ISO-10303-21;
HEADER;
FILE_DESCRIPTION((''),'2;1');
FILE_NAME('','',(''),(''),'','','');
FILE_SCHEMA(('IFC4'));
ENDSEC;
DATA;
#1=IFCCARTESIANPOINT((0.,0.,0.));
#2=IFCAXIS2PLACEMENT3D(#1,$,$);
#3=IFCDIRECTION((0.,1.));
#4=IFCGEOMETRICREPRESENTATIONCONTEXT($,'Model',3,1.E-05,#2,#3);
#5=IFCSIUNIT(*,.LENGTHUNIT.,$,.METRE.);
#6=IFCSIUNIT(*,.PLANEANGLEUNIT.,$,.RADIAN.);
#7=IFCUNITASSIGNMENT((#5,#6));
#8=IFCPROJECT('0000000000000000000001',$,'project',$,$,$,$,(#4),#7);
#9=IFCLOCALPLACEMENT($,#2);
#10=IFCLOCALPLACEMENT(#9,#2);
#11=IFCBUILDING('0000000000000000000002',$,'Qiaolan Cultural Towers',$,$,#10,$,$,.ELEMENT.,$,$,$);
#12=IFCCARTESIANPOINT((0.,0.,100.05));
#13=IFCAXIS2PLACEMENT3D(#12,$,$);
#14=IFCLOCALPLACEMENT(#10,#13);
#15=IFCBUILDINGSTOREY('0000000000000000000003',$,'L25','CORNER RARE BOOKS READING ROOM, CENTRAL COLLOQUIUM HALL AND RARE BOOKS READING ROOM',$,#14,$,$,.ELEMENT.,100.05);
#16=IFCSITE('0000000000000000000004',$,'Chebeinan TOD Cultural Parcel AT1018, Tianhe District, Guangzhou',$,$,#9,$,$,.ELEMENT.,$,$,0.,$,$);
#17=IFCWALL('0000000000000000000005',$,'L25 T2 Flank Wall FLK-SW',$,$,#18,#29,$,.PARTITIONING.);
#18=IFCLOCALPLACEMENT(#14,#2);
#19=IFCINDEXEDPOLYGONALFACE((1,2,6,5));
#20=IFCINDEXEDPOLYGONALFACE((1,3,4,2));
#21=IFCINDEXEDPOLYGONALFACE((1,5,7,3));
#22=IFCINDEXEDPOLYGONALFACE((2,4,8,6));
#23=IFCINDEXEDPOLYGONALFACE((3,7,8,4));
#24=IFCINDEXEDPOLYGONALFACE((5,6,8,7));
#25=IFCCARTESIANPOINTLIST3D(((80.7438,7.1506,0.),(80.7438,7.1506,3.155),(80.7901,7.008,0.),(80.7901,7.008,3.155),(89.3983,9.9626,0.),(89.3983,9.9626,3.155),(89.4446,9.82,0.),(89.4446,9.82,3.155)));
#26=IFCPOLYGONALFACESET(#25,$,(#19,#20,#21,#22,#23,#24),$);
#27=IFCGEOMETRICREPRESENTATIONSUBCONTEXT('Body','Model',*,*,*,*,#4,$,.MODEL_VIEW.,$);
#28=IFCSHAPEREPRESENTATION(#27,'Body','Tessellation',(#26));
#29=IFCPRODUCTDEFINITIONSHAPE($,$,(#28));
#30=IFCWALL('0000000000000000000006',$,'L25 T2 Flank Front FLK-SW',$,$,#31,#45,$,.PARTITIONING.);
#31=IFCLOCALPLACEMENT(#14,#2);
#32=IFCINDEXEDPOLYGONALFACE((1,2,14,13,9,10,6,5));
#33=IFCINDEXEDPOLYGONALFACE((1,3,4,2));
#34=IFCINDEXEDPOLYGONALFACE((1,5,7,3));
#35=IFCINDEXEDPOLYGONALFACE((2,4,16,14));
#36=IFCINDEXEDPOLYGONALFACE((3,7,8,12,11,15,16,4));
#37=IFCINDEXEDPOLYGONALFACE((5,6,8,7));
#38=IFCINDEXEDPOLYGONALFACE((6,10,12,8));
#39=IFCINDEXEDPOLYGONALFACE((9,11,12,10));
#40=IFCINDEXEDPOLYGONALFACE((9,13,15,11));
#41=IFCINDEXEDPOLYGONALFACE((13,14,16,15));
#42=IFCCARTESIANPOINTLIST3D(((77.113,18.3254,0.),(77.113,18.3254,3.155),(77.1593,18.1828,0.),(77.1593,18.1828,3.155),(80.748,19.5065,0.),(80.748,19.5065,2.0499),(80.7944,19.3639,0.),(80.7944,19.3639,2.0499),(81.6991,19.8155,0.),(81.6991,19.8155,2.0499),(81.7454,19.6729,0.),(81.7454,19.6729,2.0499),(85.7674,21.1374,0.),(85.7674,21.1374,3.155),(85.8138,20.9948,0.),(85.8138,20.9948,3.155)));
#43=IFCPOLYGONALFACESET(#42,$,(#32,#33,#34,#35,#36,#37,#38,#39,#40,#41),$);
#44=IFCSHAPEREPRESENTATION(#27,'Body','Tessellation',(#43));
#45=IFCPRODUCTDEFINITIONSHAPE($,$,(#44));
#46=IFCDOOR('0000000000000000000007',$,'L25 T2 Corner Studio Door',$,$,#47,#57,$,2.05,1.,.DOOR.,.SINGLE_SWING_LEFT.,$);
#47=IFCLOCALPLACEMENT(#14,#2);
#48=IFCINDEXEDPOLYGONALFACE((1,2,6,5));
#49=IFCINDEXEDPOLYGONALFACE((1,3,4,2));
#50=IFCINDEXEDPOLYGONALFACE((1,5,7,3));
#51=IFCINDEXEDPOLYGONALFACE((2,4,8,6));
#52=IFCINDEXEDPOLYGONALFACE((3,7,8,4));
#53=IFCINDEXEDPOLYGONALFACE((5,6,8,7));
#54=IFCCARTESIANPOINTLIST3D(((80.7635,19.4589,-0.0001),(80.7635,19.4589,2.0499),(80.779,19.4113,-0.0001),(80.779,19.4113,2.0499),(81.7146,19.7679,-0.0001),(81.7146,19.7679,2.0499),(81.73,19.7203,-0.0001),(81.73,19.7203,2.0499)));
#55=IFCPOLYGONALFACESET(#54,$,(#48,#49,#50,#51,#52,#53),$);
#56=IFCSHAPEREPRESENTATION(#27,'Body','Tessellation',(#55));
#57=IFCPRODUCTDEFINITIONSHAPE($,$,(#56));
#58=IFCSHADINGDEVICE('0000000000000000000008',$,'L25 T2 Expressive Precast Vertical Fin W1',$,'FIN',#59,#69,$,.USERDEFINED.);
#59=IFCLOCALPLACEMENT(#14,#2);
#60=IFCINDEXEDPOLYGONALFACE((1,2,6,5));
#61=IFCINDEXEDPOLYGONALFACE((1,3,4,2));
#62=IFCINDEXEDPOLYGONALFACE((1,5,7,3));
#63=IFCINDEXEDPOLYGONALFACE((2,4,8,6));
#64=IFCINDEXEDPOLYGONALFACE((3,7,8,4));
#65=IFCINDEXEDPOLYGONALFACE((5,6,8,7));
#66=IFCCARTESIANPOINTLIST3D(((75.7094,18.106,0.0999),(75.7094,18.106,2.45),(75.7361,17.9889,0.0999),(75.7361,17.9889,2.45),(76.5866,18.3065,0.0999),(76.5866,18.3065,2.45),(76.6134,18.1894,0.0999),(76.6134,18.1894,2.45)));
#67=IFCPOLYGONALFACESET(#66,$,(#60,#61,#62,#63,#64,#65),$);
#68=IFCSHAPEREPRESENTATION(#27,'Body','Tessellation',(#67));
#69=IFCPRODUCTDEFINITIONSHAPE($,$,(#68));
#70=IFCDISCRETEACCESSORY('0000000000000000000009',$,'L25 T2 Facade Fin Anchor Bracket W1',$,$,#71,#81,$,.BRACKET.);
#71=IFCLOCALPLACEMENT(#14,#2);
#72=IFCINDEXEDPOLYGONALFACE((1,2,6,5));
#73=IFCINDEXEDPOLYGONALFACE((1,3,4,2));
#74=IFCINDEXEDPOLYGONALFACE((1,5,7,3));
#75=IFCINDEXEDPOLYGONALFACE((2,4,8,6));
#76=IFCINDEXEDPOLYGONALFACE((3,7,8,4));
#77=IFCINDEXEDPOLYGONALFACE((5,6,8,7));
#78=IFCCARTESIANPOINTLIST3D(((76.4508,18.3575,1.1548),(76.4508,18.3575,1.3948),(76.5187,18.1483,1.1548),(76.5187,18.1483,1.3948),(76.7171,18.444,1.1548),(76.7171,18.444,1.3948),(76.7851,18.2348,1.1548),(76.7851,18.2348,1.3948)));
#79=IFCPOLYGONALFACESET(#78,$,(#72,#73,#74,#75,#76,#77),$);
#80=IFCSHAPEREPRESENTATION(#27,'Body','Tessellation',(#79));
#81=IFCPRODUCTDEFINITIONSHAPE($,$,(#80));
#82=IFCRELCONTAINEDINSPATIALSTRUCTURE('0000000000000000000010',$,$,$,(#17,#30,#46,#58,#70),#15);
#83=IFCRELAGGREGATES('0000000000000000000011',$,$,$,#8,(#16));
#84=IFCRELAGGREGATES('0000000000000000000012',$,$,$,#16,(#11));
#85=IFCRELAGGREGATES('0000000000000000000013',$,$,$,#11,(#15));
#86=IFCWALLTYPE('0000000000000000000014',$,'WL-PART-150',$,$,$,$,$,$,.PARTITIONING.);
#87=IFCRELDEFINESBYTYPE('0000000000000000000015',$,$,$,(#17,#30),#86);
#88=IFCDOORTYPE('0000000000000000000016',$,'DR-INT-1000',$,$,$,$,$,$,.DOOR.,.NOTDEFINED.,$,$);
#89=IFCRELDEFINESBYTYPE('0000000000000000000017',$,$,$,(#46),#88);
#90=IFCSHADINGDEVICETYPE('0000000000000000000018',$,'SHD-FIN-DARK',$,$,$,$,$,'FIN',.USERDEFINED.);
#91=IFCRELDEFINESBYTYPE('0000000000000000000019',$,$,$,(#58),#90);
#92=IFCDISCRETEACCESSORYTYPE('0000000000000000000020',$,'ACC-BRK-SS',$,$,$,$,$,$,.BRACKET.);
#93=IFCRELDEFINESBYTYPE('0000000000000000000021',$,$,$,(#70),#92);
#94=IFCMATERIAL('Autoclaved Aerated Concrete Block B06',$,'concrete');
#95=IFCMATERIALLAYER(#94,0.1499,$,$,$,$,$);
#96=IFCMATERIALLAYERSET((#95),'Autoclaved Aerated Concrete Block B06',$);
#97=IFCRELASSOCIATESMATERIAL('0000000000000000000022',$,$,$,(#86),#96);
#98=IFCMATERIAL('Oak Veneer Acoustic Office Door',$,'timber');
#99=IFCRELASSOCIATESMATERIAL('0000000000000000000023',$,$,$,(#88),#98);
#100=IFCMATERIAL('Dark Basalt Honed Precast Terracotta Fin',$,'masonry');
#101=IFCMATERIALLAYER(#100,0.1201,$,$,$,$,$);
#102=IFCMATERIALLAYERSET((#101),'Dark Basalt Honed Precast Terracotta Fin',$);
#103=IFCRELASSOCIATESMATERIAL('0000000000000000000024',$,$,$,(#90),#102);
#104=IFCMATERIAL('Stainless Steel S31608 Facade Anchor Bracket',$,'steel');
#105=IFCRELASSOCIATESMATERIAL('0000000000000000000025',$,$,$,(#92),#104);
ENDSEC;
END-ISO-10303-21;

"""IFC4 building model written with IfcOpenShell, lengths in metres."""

from ifc_helpers import new_model, si_unit, direction, frame, frame_2d, origin, origin_2d, place, context, subcontext, project, spatial, rectangle, extrude, material, layer, layer_set, type_object, element, fill, save


model = new_model("IFC4")

# Units and contexts
model_context = context("Model", 3, precision=1e-05, world=origin(), true_north=direction((0.0, 1.0)))
body_context = subcontext(model_context, "Body", "Model", "MODEL_VIEW")
ifc_project = project(units=[si_unit("LENGTHUNIT", "METRE"), si_unit("PLANEANGLEUNIT", "RADIAN")], contexts=[model_context])

# Site, building, storey
site_placement = place(None, origin())
site = spatial("IfcSite", under=ifc_project, at=site_placement, Name="Chebeinan TOD Cultural Parcel AT1018, Tianhe District, Guangzhou", CompositionType="ELEMENT", RefElevation=0.0)
building_placement = place(site_placement, origin())
building = spatial("IfcBuilding", under=site, at=building_placement, Name="Qiaolan Cultural Towers", CompositionType="ELEMENT")
storey_placement = place(building_placement, frame((0.0, 0.0, 100.05)))
storey = spatial("IfcBuildingStorey", under=building, at=storey_placement, Name="L25", Description="CORNER RARE BOOKS READING ROOM, CENTRAL COLLOQUIUM HALL AND RARE BOOKS READING ROOM", CompositionType="ELEMENT", Elevation=100.05)

# Wall
ifc_material_1 = material(Name="Autoclaved Aerated Concrete Block B06", Category="concrete")
ifc_layer_1 = layer(ifc_material_1, 0.1499)
ifc_layer_set_1 = layer_set([ifc_layer_1], Name="Autoclaved Aerated Concrete Block B06")
wall_type_1 = type_object("IfcWallType", Name="WL-PART-150", PredefinedType="PARTITIONING", material=ifc_layer_set_1)
wall_1_placement = place(storey_placement, frame((80.7671, 7.0793, 0.0), z_axis=(0.0, 0.0, 1.0), x_axis=(0.951057, 0.309015, 0.0)))
element("IfcWall", 1, at=wall_1_placement, inside=storey, type_object=wall_type_1, Name="L25 T2 Flank Wall FLK-SW", PredefinedType="PARTITIONING", context=body_context, shape_type="SweptSolid", body=[
    extrude(rectangle(XDim=9.0999, YDim=0.1499, at=frame_2d((4.5498, 0.0))), origin(), (0.0, 0.0, 1.0), 3.155),
])

# Wall, opening, door
wall_2_placement = place(storey_placement, frame((77.1362, 18.2542, 0.0), z_axis=(0.0, 0.0, 1.0), x_axis=(0.951057, 0.309015, 0.0)))
wall_2 = element("IfcWall", 2, at=wall_2_placement, inside=storey, type_object=wall_type_1, Name="L25 T2 Flank Front FLK-SW", PredefinedType="PARTITIONING", context=body_context, shape_type="SweptSolid", body=[
    extrude(rectangle(XDim=9.0999, YDim=0.1499, at=frame_2d((4.5498, 0.0))), origin(), (0.0, 0.0, 1.0), 3.155),
])
opening_1_placement = place(wall_2_placement, frame((3.822, 0.0, 0.0)))
opening_1 = element("IfcOpeningElement", 3, at=opening_1_placement, cuts=wall_2, PredefinedType="OPENING", context=body_context, shape_type="SweptSolid", body=[
    extrude(rectangle(XDim=1.0, YDim=2.05, at=frame_2d((0.5, 1.0249))), frame((0.0, 0.085, 0.0), z_axis=(0.0, -1.0, 0.0), x_axis=(1.0, 0.0, 0.0)), (0.0, 0.0, 1.0), 0.1699),
])
ifc_material_2 = material(Name="Oak Veneer Acoustic Office Door", Category="timber")
door_type_1 = type_object("IfcDoorType", Name="DR-INT-1000", OperationType="NOTDEFINED", PredefinedType="DOOR", material=ifc_material_2)
door_1_placement = place(opening_1_placement, origin())
door_1 = element("IfcDoor", 4, at=door_1_placement, inside=storey, type_object=door_type_1, Name="L25 T2 Corner Studio Door", OperationType="SINGLE_SWING_LEFT", OverallHeight=2.05, OverallWidth=1.0, PredefinedType="DOOR", context=body_context, shape_type="SweptSolid", body=[
    extrude(rectangle(XDim=1.0, YDim=2.05, at=frame_2d((0.5, 1.0249))), frame((0.0, 0.0249, 0.0), z_axis=(0.0, -1.0, 0.0), x_axis=(1.0, 0.0, 0.0)), (0.0, 0.0, 1.0), 0.05),
])
fill(opening_1, door_1)

# Shading device
ifc_material_3 = material(Name="Dark Basalt Honed Precast Terracotta Fin", Category="masonry")
ifc_layer_2 = layer(ifc_material_3, 0.1201)
ifc_layer_set_2 = layer_set([ifc_layer_2], Name="Dark Basalt Honed Precast Terracotta Fin")
shading_device_type = type_object("IfcShadingDeviceType", Name="SHD-FIN-DARK", ElementType="FIN", PredefinedType="USERDEFINED", material=ifc_layer_set_2)
shading_device_placement = place(storey_placement, frame((76.1614, 18.1477, 0.0999), z_axis=(0.0, 0.0, 1.0), x_axis=(0.974879, 0.222735, 0.0)))
element("IfcShadingDevice", 5, at=shading_device_placement, inside=storey, type_object=shading_device_type, Name="L25 T2 Expressive Precast Vertical Fin W1", ObjectType="FIN", PredefinedType="USERDEFINED", context=body_context, shape_type="SweptSolid", body=[
    extrude(rectangle(XDim=0.8999, YDim=0.1201, at=origin_2d()), origin(), (0.0, 0.0, 1.0), 2.3501),
])

# Discrete accessory
ifc_material_4 = material(Name="Stainless Steel S31608 Facade Anchor Bracket", Category="steel")
discrete_accessory_type = type_object("IfcDiscreteAccessoryType", Name="ACC-BRK-SS", PredefinedType="BRACKET", material=ifc_material_4)
discrete_accessory_placement = place(storey_placement, frame((76.6179, 18.2961, 1.1548), z_axis=(0.0, 0.0, 1.0), x_axis=(0.951057, 0.309017, 0.0)))
element("IfcDiscreteAccessory", 6, at=discrete_accessory_placement, inside=storey, type_object=discrete_accessory_type, Name="L25 T2 Facade Fin Anchor Bracket W1", PredefinedType="BRACKET", context=body_context, shape_type="SweptSolid", body=[
    extrude(rectangle(XDim=0.28, YDim=0.22, at=origin_2d()), origin(), (0.0, 0.0, 1.0), 0.24),
])

save(model, "model.ifc")
